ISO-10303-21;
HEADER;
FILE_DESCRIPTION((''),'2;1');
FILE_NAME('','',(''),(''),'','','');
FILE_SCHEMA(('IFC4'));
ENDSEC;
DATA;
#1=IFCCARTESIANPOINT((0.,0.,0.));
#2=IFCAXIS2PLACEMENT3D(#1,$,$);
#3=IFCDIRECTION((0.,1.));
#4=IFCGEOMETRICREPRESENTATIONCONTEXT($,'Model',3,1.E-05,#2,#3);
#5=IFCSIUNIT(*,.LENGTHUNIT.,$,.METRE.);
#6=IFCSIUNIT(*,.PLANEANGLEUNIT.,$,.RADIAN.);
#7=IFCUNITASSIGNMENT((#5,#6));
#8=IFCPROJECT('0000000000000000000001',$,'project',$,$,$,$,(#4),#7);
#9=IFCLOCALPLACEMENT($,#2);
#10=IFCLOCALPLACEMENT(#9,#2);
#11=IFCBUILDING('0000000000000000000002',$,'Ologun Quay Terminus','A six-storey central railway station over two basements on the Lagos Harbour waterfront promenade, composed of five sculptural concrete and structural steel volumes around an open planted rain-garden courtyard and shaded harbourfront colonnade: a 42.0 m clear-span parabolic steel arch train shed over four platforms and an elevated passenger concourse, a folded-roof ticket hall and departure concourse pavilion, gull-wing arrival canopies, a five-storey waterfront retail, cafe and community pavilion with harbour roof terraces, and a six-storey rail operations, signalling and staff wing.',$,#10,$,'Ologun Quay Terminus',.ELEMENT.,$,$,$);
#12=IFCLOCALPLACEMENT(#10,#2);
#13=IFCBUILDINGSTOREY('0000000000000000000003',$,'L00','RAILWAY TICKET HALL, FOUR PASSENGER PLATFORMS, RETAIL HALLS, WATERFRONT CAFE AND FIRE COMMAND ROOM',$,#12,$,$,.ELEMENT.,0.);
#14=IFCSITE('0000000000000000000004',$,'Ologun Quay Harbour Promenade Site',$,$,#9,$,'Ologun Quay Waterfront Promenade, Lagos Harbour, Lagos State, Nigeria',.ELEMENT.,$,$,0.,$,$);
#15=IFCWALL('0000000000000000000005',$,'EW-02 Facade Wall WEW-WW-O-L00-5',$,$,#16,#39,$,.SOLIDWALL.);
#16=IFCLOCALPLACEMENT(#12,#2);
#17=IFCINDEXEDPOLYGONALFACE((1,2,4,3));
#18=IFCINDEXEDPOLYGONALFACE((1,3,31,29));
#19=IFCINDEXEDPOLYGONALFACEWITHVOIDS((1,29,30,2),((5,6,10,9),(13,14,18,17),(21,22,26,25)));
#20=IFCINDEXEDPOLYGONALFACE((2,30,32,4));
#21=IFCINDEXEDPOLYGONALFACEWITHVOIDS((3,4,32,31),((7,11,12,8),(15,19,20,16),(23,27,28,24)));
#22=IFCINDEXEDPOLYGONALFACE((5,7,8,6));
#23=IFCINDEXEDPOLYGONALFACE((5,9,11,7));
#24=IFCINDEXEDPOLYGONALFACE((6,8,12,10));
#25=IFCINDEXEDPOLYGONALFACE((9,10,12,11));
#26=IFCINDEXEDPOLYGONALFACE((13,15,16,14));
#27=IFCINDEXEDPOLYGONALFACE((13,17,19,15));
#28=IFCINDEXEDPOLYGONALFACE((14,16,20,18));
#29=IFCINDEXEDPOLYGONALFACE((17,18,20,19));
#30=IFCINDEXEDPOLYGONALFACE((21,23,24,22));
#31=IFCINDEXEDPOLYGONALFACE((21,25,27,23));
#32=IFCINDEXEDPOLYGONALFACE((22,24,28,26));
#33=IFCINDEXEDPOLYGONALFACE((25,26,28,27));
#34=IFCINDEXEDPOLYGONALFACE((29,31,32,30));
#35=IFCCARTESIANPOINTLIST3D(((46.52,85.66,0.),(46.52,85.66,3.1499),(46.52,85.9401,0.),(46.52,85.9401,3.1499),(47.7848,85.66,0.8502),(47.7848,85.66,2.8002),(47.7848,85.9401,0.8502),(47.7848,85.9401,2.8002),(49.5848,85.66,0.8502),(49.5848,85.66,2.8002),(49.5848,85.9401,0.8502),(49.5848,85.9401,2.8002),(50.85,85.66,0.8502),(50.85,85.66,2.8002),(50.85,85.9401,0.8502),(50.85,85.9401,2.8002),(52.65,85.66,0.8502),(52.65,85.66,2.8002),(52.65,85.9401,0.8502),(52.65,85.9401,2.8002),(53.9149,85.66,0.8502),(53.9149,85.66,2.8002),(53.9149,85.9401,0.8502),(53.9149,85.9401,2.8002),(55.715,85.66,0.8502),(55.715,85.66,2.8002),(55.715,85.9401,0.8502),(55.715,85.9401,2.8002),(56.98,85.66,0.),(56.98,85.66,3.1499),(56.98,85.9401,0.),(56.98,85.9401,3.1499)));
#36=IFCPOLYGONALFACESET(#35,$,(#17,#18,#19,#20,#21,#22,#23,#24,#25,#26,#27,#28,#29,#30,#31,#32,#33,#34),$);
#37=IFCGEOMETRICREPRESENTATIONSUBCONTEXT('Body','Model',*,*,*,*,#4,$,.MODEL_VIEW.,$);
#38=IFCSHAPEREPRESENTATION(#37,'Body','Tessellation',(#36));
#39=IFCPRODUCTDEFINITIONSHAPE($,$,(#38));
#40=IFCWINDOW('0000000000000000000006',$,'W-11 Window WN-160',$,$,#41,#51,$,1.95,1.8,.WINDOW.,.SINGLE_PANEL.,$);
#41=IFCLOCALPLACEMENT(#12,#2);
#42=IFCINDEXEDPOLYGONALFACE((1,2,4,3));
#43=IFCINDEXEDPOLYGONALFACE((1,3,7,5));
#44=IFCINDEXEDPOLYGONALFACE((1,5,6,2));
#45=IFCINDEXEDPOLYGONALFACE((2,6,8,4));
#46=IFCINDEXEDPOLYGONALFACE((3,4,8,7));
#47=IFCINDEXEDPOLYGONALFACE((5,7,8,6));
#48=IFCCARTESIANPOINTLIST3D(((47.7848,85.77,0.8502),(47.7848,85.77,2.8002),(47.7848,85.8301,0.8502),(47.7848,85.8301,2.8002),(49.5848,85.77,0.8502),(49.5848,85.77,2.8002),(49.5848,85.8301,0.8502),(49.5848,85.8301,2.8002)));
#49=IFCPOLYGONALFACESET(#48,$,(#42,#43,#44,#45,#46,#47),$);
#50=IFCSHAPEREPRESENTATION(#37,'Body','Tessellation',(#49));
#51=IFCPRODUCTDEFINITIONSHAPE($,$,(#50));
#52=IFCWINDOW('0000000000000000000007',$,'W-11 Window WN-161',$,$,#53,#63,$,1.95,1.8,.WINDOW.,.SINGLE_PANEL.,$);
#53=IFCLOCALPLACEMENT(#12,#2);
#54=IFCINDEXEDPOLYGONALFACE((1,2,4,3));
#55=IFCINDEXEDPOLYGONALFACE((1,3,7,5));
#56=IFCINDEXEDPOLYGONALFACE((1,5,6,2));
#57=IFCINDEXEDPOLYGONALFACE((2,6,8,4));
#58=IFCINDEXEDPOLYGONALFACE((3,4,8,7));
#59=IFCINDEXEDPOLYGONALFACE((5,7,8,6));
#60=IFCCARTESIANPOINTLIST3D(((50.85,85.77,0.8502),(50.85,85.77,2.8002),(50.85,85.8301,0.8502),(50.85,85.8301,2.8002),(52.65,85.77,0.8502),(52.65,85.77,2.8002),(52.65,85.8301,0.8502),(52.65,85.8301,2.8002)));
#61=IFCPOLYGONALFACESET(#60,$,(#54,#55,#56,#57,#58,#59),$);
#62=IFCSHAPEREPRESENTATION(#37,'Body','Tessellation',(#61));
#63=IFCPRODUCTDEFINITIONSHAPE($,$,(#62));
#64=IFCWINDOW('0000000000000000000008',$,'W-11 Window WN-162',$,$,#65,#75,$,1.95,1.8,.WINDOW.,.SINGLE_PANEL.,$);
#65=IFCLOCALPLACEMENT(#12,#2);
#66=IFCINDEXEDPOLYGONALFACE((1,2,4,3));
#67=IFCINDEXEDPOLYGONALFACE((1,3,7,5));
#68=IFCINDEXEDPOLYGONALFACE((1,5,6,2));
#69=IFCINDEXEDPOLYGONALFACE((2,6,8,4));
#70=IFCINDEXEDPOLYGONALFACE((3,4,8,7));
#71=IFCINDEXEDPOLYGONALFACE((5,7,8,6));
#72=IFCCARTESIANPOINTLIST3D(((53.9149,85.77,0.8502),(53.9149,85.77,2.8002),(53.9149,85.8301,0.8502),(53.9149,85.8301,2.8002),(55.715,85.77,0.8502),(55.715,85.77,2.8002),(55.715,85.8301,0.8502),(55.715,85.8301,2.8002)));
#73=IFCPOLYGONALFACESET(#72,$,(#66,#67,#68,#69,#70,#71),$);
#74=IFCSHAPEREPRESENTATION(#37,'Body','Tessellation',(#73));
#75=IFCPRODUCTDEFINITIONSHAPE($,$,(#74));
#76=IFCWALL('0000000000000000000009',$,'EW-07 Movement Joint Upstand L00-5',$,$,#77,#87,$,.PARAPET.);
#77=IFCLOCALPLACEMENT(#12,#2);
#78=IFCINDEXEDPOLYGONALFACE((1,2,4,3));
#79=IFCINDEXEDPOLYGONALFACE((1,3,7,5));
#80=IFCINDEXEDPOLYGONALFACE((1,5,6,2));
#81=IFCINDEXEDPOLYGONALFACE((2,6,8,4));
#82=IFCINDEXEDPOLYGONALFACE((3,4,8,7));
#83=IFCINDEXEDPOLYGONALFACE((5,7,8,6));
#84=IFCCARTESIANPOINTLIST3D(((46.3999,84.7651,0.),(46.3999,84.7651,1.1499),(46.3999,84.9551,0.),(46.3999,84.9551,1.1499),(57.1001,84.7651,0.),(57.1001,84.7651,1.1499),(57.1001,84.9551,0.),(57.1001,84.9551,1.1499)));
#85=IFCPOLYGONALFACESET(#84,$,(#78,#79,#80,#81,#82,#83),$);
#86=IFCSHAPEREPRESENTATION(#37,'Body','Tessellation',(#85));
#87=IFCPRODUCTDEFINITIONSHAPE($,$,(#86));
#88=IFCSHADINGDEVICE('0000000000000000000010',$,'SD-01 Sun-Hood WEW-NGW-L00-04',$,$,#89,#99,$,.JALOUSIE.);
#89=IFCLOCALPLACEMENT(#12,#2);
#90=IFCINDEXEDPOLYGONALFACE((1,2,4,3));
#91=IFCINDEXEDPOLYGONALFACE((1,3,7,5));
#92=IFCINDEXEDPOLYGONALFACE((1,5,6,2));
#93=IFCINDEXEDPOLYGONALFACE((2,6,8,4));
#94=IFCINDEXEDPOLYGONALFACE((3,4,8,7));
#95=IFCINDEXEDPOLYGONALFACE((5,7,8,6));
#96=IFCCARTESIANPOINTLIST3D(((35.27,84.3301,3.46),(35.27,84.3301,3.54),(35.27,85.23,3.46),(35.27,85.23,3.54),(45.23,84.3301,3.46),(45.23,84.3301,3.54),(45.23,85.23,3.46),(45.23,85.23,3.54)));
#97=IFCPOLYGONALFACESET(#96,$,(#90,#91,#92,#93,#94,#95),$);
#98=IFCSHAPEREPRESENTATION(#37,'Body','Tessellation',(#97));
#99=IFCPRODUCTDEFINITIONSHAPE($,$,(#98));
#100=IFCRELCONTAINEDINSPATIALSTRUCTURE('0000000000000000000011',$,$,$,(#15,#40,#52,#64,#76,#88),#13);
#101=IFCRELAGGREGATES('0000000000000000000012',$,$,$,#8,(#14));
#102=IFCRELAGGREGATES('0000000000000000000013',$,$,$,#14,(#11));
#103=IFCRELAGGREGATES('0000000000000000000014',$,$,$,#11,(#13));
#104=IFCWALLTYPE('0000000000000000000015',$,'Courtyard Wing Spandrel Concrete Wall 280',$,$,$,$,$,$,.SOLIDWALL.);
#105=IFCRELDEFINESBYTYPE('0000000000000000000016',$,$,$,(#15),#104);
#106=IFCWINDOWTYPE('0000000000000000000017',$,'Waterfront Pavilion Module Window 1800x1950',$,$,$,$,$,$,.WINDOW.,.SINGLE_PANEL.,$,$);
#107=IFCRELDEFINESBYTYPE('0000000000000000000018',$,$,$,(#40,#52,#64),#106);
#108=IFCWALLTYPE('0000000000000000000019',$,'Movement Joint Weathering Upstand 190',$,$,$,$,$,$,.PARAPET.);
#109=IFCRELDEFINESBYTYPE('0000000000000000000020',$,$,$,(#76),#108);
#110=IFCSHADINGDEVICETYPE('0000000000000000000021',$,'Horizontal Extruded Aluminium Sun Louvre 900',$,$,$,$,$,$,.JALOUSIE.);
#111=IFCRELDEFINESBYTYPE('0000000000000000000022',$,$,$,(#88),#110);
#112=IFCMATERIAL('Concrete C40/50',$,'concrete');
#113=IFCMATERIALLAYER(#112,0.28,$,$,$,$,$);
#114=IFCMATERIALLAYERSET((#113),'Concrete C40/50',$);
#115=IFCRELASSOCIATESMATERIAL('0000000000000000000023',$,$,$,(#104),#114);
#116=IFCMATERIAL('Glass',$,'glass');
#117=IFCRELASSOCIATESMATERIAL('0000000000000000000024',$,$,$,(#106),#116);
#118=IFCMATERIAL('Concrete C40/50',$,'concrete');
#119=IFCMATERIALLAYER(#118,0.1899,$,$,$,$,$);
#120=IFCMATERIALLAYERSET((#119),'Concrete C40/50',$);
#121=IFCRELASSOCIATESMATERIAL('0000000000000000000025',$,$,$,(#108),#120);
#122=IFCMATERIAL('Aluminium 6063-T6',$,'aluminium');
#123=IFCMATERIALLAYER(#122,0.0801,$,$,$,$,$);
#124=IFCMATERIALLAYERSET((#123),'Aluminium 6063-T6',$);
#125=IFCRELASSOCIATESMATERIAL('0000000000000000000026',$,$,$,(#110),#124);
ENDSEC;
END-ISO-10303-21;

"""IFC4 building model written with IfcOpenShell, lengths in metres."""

from ifc_helpers import new_model, si_unit, direction, frame, frame_2d, origin, origin_2d, place, context, subcontext, project, spatial, rectangle, extrude, material, layer, layer_set, type_object, element, fill, save


model = new_model("IFC4")

# Units and contexts
model_context = context("Model", 3, precision=1e-05, world=origin(), true_north=direction((0.0, 1.0)))
body_context = subcontext(model_context, "Body", "Model", "MODEL_VIEW")
ifc_project = project(units=[si_unit("LENGTHUNIT", "METRE"), si_unit("PLANEANGLEUNIT", "RADIAN")], contexts=[model_context])

# Site, building, storey
site_placement = place(None, origin())
site = spatial("IfcSite", under=ifc_project, at=site_placement, Name="Ologun Quay Harbour Promenade Site", LongName="Ologun Quay Waterfront Promenade, Lagos Harbour, Lagos State, Nigeria", CompositionType="ELEMENT", RefElevation=0.0)
building_placement = place(site_placement, origin())
building = spatial("IfcBuilding", under=site, at=building_placement, Name="Ologun Quay Terminus", Description="A six-storey central railway station over two basements on the Lagos Harbour waterfront promenade, composed of five sculptural concrete and structural steel volumes around an open planted rain-garden courtyard and shaded harbourfront colonnade: a 42.0 m clear-span parabolic steel arch train shed over four platforms and an elevated passenger concourse, a folded-roof ticket hall and departure concourse pavilion, gull-wing arrival canopies, a five-storey waterfront retail, cafe and community pavilion with harbour roof terraces, and a six-storey rail operations, signalling and staff wing.", LongName="Ologun Quay Terminus", CompositionType="ELEMENT")
storey_placement = place(building_placement, origin())
storey = spatial("IfcBuildingStorey", under=building, at=storey_placement, Name="L00", Description="RAILWAY TICKET HALL, FOUR PASSENGER PLATFORMS, RETAIL HALLS, WATERFRONT CAFE AND FIRE COMMAND ROOM", CompositionType="ELEMENT", Elevation=0.0)

# Shared definitions
ifc_material_1 = material(Name="Concrete C40/50", Category="concrete")
ifc_layer_1 = layer(ifc_material_1, 0.28)
ifc_layer_set_1 = layer_set([ifc_layer_1], Name="Concrete C40/50")
wall_type_1 = type_object("IfcWallType", Name="Courtyard Wing Spandrel Concrete Wall 280", PredefinedType="SOLIDWALL", material=ifc_layer_set_1)

# Wall, openings, windows
wall_1_placement = place(storey_placement, frame((46.52, 85.8, 0.0), z_axis=(0.0, 0.0, 1.0), x_axis=(1.0, 0.0, 0.0)))
wall_1 = element("IfcWall", 1, at=wall_1_placement, inside=storey, type_object=wall_type_1, Name="EW-02 Facade Wall WEW-WW-O-L00-5", PredefinedType="SOLIDWALL", context=body_context, shape_type="SweptSolid", body=[
    extrude(rectangle(XDim=10.46, YDim=0.28, at=frame_2d((5.23, 0.0))), origin(), (0.0, 0.0, 1.0), 3.1499),
])
opening_1_placement = place(wall_1_placement, frame((1.2649, 0.0, 0.8501)))
opening_1 = element("IfcOpeningElement", 2, at=opening_1_placement, cuts=wall_1, PredefinedType="OPENING", context=body_context, shape_type="SweptSolid", body=[
    extrude(rectangle(XDim=1.8, YDim=1.95, at=frame_2d((0.8999, 0.9751))), frame((0.0, 0.1499, 0.0), z_axis=(0.0, -1.0, 0.0), x_axis=(1.0, 0.0, 0.0)), (0.0, 0.0, 1.0), 0.3),
])
opening_2_placement = place(wall_1_placement, frame((4.3301, 0.0, 0.8501)))
opening_2 = element("IfcOpeningElement", 3, at=opening_2_placement, cuts=wall_1, PredefinedType="OPENING", context=body_context, shape_type="SweptSolid", body=[
    extrude(rectangle(XDim=1.8, YDim=1.95, at=frame_2d((0.8999, 0.9751))), frame((0.0, 0.1499, 0.0), z_axis=(0.0, -1.0, 0.0), x_axis=(1.0, 0.0, 0.0)), (0.0, 0.0, 1.0), 0.3),
])
opening_3_placement = place(wall_1_placement, frame((7.395, 0.0, 0.8501)))
opening_3 = element("IfcOpeningElement", 4, at=opening_3_placement, cuts=wall_1, PredefinedType="OPENING", context=body_context, shape_type="SweptSolid", body=[
    extrude(rectangle(XDim=1.8, YDim=1.95, at=frame_2d((0.8999, 0.9751))), frame((0.0, 0.1499, 0.0), z_axis=(0.0, -1.0, 0.0), x_axis=(1.0, 0.0, 0.0)), (0.0, 0.0, 1.0), 0.3),
])
ifc_material_2 = material(Name="Glass", Category="glass")
window_type = type_object("IfcWindowType", Name="Waterfront Pavilion Module Window 1800x1950", PartitioningType="SINGLE_PANEL", PredefinedType="WINDOW", material=ifc_material_2)
window_1_placement = place(opening_1_placement, origin())
window_1 = element("IfcWindow", 5, at=window_1_placement, inside=storey, type_object=window_type, Name="W-11 Window WN-160", OverallHeight=1.95, OverallWidth=1.8, PartitioningType="SINGLE_PANEL", PredefinedType="WINDOW", context=body_context, shape_type="SweptSolid", body=[
    extrude(rectangle(XDim=1.8, YDim=1.95, at=frame_2d((0.8999, 0.9751))), frame((0.0, 0.03, 0.0), z_axis=(0.0, -1.0, 0.0), x_axis=(1.0, 0.0, 0.0)), (0.0, 0.0, 1.0), 0.0601),
])
fill(opening_1, window_1)
window_2_placement = place(opening_2_placement, origin())
window_2 = element("IfcWindow", 6, at=window_2_placement, inside=storey, type_object=window_type, Name="W-11 Window WN-161", OverallHeight=1.95, OverallWidth=1.8, PartitioningType="SINGLE_PANEL", PredefinedType="WINDOW", context=body_context, shape_type="SweptSolid", body=[
    extrude(rectangle(XDim=1.8, YDim=1.95, at=frame_2d((0.8999, 0.9751))), frame((0.0, 0.03, 0.0), z_axis=(0.0, -1.0, 0.0), x_axis=(1.0, 0.0, 0.0)), (0.0, 0.0, 1.0), 0.0601),
])
fill(opening_2, window_2)
window_3_placement = place(opening_3_placement, origin())
window_3 = element("IfcWindow", 7, at=window_3_placement, inside=storey, type_object=window_type, Name="W-11 Window WN-162", OverallHeight=1.95, OverallWidth=1.8, PartitioningType="SINGLE_PANEL", PredefinedType="WINDOW", context=body_context, shape_type="SweptSolid", body=[
    extrude(rectangle(XDim=1.8, YDim=1.95, at=frame_2d((0.8999, 0.9751))), frame((0.0, 0.03, 0.0), z_axis=(0.0, -1.0, 0.0), x_axis=(1.0, 0.0, 0.0)), (0.0, 0.0, 1.0), 0.0601),
])
fill(opening_3, window_3)

# Wall
ifc_material_3 = material(Name="Concrete C40/50", Category="concrete")
ifc_layer_2 = layer(ifc_material_3, 0.1899)
ifc_layer_set_2 = layer_set([ifc_layer_2], Name="Concrete C40/50")
wall_type_2 = type_object("IfcWallType", Name="Movement Joint Weathering Upstand 190", PredefinedType="PARAPET", material=ifc_layer_set_2)
wall_2_placement = place(storey_placement, frame((46.3999, 84.8601, 0.0), z_axis=(0.0, 0.0, 1.0), x_axis=(1.0, 0.0, 0.0)))
element("IfcWall", 8, at=wall_2_placement, inside=storey, type_object=wall_type_2, Name="EW-07 Movement Joint Upstand L00-5", PredefinedType="PARAPET", context=body_context, shape_type="SweptSolid", body=[
    extrude(rectangle(XDim=10.7002, YDim=0.1899, at=frame_2d((5.3501, 0.0))), origin(), (0.0, 0.0, 1.0), 1.1499),
])

# Shading device
ifc_material_4 = material(Name="Aluminium 6063-T6", Category="aluminium")
ifc_layer_3 = layer(ifc_material_4, 0.0801)
ifc_layer_set_3 = layer_set([ifc_layer_3], Name="Aluminium 6063-T6")
shading_device_type = type_object("IfcShadingDeviceType", Name="Horizontal Extruded Aluminium Sun Louvre 900", PredefinedType="JALOUSIE", material=ifc_layer_set_3)
shading_device_placement = place(storey_placement, frame((40.25, 84.78, 3.46), z_axis=(0.0, 0.0, 1.0), x_axis=(1.0, 0.0, 0.0)))
element("IfcShadingDevice", 9, at=shading_device_placement, inside=storey, type_object=shading_device_type, Name="SD-01 Sun-Hood WEW-NGW-L00-04", PredefinedType="JALOUSIE", context=body_context, shape_type="SweptSolid", body=[
    extrude(rectangle(XDim=9.96, YDim=0.8999, at=origin_2d()), origin(), (0.0, 0.0, 1.0), 0.0801),
])

save(model, "model.ifc")
